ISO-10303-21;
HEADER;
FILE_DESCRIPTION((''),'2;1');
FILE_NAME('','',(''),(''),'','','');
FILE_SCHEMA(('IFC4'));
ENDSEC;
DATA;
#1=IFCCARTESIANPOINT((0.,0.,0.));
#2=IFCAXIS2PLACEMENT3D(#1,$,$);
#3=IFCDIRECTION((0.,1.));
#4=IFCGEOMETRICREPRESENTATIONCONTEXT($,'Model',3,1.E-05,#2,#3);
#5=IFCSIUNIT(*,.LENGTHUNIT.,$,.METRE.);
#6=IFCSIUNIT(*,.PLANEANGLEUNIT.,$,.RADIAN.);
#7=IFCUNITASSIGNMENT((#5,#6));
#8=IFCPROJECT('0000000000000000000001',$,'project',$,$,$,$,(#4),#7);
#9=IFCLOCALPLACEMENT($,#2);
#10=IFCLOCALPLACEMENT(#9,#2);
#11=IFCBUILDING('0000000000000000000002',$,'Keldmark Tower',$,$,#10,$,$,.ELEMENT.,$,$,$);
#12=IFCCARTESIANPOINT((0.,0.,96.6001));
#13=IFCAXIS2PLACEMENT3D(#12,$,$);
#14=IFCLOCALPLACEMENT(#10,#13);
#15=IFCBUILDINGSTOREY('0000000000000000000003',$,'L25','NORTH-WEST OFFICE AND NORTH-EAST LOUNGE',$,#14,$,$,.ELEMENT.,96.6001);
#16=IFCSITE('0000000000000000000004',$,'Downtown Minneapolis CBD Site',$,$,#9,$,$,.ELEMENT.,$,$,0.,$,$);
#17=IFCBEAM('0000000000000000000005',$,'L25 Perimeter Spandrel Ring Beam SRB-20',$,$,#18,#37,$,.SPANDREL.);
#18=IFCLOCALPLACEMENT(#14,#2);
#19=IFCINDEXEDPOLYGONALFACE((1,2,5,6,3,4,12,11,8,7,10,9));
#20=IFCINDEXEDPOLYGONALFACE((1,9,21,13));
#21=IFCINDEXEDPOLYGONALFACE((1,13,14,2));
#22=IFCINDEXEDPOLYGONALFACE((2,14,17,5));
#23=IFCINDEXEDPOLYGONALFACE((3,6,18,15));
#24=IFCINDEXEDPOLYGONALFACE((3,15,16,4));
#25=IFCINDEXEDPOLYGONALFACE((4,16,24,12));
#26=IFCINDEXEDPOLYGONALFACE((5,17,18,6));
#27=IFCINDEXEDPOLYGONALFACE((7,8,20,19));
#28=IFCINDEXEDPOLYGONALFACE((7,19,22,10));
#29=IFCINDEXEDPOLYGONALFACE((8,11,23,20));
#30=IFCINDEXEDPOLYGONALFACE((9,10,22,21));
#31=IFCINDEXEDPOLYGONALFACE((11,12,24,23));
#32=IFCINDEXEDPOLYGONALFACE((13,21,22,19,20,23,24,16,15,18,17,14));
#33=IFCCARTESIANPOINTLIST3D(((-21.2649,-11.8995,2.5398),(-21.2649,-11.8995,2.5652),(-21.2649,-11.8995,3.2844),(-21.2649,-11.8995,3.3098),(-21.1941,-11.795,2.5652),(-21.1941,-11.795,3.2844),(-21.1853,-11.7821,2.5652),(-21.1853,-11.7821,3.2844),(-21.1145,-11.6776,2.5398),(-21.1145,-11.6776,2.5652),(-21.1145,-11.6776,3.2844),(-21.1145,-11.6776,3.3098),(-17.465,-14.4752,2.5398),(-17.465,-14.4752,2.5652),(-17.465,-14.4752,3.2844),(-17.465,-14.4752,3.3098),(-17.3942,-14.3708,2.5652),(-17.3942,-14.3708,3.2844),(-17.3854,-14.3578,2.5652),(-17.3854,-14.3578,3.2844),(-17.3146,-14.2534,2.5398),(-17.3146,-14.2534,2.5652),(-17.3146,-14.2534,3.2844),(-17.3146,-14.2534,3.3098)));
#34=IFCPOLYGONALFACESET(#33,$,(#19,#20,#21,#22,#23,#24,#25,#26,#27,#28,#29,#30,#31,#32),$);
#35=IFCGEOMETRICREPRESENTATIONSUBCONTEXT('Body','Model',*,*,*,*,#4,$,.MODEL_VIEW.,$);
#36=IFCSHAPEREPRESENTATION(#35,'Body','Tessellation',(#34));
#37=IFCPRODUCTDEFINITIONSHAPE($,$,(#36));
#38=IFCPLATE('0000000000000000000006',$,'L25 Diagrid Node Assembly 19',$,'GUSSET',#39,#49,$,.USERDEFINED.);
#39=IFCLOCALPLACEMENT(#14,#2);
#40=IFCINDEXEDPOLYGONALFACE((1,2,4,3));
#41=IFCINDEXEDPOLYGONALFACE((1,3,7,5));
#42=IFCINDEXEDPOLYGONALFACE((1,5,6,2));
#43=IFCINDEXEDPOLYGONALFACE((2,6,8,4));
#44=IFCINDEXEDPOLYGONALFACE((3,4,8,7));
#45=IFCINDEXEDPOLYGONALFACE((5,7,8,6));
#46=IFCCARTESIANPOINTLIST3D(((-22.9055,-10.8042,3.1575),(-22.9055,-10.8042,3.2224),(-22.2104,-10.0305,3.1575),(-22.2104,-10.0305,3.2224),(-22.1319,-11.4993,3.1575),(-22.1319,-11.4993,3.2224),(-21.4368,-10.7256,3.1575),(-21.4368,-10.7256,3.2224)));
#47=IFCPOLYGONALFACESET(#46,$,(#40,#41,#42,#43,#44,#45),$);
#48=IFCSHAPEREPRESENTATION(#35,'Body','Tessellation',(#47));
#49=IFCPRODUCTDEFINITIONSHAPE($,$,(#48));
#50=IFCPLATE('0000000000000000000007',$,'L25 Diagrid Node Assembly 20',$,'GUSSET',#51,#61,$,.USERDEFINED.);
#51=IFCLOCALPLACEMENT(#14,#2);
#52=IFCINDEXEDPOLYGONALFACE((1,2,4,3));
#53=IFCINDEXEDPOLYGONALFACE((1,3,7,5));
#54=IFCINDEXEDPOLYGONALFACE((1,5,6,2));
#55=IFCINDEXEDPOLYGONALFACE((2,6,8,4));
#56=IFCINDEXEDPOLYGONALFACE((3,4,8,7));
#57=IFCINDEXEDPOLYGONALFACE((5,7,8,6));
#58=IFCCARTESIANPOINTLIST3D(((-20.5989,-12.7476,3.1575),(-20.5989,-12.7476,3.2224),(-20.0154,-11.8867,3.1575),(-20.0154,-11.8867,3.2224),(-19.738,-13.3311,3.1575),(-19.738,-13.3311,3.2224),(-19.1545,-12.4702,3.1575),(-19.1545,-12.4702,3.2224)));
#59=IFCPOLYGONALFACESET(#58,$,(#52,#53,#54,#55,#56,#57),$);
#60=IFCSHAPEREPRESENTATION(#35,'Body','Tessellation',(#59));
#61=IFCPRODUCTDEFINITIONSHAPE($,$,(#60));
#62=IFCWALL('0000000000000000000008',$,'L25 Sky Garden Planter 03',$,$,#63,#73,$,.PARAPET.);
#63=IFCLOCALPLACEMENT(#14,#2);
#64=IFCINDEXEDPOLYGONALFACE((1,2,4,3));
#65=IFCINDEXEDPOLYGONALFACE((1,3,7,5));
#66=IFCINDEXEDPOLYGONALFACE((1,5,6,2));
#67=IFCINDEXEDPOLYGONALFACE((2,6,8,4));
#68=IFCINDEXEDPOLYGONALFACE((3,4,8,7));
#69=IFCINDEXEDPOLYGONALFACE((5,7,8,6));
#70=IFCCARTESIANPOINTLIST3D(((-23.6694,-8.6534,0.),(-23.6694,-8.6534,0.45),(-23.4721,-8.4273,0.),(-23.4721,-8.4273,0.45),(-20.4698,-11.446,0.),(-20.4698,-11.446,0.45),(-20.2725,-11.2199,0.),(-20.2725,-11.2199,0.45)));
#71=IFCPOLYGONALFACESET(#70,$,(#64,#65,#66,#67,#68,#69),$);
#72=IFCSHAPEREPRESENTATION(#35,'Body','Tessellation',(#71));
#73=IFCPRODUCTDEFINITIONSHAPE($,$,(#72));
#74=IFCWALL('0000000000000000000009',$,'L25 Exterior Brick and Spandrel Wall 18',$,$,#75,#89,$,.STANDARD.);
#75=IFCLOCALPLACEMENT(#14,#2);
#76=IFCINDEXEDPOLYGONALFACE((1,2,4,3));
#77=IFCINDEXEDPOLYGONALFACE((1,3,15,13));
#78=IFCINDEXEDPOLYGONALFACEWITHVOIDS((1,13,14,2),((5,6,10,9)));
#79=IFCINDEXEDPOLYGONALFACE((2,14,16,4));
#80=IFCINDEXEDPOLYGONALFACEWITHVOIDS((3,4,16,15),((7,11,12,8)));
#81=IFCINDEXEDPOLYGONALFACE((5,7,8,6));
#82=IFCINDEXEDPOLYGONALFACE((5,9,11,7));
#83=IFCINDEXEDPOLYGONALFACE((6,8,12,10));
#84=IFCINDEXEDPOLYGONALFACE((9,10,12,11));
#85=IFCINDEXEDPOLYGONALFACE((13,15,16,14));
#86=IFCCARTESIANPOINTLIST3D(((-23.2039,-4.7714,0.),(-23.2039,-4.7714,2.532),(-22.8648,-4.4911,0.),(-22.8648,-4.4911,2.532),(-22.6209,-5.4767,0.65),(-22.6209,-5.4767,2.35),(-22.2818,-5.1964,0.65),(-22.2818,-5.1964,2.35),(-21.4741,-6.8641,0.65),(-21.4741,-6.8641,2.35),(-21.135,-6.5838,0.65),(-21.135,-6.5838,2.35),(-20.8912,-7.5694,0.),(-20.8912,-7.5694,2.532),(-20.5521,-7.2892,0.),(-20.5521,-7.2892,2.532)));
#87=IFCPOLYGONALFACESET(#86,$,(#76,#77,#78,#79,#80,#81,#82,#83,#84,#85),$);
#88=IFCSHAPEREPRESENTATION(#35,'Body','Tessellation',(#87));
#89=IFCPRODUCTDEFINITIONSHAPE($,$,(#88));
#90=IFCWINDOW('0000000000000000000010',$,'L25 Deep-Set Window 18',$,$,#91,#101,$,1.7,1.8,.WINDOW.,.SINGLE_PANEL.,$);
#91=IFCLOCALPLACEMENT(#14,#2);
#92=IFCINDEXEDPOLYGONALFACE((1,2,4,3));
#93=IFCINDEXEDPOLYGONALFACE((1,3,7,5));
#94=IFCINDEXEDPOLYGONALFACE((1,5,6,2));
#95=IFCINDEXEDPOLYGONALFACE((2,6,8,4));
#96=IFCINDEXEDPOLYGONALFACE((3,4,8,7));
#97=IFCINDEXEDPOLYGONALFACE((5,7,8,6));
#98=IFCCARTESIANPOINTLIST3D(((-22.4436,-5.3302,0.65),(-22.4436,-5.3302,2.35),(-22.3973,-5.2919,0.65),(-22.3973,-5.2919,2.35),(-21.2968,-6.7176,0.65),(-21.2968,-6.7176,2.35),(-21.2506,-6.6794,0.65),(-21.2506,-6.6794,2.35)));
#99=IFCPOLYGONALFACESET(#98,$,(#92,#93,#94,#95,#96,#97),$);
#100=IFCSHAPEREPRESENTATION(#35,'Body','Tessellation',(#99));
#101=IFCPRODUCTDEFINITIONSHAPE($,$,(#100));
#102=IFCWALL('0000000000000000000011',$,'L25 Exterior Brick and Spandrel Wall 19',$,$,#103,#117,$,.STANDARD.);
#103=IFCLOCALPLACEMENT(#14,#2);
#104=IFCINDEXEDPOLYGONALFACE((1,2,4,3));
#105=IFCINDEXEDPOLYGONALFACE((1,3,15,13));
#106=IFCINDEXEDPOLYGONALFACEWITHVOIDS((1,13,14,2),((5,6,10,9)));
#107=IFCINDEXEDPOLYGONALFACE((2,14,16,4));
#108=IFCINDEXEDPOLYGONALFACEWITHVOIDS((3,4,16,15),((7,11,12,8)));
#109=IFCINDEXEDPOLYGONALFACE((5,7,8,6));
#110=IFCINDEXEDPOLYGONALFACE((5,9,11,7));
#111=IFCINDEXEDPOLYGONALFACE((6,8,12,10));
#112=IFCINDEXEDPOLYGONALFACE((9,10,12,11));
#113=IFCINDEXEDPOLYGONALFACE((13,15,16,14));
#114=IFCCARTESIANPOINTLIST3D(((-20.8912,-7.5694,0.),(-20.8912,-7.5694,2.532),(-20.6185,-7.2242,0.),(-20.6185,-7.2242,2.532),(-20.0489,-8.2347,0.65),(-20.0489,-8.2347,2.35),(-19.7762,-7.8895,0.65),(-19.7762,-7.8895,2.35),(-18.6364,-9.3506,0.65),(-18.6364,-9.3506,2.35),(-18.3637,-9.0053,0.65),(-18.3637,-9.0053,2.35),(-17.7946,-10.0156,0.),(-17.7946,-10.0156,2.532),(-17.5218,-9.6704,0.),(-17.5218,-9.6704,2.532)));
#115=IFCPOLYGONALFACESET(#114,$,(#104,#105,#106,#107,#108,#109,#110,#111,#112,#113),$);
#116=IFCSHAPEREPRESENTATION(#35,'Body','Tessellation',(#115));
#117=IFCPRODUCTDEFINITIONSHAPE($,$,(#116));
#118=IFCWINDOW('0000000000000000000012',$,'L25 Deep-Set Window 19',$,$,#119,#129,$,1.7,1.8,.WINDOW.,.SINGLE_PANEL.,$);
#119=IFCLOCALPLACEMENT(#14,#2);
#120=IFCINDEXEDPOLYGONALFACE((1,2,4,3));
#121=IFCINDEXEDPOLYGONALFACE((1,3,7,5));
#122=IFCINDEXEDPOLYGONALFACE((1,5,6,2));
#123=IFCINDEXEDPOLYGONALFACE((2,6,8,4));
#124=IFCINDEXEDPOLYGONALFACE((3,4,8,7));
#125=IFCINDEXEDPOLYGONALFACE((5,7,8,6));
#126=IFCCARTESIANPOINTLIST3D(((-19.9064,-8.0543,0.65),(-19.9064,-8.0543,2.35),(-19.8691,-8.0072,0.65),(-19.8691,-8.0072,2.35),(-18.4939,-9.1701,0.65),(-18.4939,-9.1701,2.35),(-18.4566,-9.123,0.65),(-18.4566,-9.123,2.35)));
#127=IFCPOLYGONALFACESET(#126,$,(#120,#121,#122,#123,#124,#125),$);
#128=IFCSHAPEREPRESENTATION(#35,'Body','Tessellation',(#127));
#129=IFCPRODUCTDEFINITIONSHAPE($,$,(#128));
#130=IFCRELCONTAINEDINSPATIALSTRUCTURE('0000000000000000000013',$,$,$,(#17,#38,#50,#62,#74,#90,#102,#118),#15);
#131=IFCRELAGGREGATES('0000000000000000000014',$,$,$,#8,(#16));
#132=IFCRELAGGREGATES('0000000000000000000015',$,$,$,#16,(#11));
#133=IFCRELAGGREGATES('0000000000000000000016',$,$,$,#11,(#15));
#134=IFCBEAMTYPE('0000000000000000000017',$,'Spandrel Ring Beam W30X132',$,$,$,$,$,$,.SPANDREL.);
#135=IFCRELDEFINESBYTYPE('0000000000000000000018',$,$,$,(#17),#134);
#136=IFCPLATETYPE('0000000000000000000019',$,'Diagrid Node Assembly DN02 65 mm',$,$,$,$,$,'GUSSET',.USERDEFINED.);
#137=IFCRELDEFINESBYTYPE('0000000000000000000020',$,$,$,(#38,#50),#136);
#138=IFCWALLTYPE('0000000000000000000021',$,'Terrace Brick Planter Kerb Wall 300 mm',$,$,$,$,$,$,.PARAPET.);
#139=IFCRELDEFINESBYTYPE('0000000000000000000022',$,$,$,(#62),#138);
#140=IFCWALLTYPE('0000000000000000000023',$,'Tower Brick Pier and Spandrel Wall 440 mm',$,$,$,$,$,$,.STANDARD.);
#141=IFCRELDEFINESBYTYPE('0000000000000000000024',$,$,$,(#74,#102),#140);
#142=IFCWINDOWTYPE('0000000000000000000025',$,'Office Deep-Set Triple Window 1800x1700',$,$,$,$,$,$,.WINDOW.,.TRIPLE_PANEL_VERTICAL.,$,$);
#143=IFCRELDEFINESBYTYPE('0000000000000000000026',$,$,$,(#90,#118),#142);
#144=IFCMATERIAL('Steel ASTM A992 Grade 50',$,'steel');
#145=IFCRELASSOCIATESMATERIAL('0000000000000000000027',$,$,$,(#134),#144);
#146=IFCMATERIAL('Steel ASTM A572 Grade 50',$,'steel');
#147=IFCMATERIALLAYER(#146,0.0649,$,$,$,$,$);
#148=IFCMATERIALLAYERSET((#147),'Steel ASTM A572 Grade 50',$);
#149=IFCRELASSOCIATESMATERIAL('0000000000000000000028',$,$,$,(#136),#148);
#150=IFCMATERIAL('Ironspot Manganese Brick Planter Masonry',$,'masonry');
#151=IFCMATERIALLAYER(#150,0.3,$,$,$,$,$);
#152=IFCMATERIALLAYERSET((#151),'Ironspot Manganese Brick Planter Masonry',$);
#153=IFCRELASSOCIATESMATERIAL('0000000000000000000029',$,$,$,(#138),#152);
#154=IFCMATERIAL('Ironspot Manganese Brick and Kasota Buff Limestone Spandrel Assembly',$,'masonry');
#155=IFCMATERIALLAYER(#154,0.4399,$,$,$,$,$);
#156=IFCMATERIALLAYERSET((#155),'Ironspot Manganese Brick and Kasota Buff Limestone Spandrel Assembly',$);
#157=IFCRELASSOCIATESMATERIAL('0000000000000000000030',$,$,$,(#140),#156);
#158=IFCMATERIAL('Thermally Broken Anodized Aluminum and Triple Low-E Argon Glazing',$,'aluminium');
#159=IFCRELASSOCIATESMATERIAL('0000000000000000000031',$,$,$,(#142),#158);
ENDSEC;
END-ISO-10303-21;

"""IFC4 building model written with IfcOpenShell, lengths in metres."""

from ifc_helpers import new_model, si_unit, direction, frame, frame_2d, origin, origin_2d, place, context, subcontext, project, spatial, rectangle, i_section, extrude, material, layer, layer_set, material_profile, profile_set, type_object, element, fill, save


model = new_model("IFC4")

# Units and contexts
model_context = context("Model", 3, precision=1e-05, world=origin(), true_north=direction((0.0, 1.0)))
body_context = subcontext(model_context, "Body", "Model", "MODEL_VIEW")
ifc_project = project(units=[si_unit("LENGTHUNIT", "METRE"), si_unit("PLANEANGLEUNIT", "RADIAN")], contexts=[model_context])

# Site, building, storey
site_placement = place(None, origin())
site = spatial("IfcSite", under=ifc_project, at=site_placement, Name="Downtown Minneapolis CBD Site", CompositionType="ELEMENT", RefElevation=0.0)
building_placement = place(site_placement, origin())
building = spatial("IfcBuilding", under=site, at=building_placement, Name="Keldmark Tower", CompositionType="ELEMENT")
storey_placement = place(building_placement, frame((0.0, 0.0, 96.6001)))
storey = spatial("IfcBuildingStorey", under=building, at=storey_placement, Name="L25", Description="NORTH-WEST OFFICE AND NORTH-EAST LOUNGE", CompositionType="ELEMENT", Elevation=96.6001)

# Beam
ifc_material_1 = material(Name="Steel ASTM A992 Grade 50", Category="steel")
ifc_material_profile_1 = material_profile(ifc_material_1, i_section(OverallWidth=0.2681, OverallDepth=0.77, WebThickness=0.0156, FlangeThickness=0.0254, at=origin_2d()), Name="W30X132")
ifc_profile_set_1 = profile_set([ifc_material_profile_1], Name="Steel ASTM A992 Grade 50")
beam_type_1 = type_object("IfcBeamType", Name="Spandrel Ring Beam W30X132", PredefinedType="SPANDREL", material=ifc_profile_set_1)
beam_1_placement = place(storey_placement, frame((-21.1897, -11.7886, 2.9248), z_axis=(0.827755, -0.56109, 0.0), x_axis=(0.56109, 0.827755, 0.0)))
element("IfcBeam", 1, at=beam_1_placement, inside=storey, type_object=beam_type_1, Name="L25 Perimeter Spandrel Ring Beam SRB-20", PredefinedType="SPANDREL", context=body_context, shape_type="SweptSolid", body=[
    extrude(i_section(OverallWidth=0.2681, OverallDepth=0.77, WebThickness=0.0156, FlangeThickness=0.0254, at=origin_2d()), origin(), (0.0, 0.0, 1.0), 4.5906),
])

# Plates
ifc_material_2 = material(Name="Steel ASTM A572 Grade 50", Category="steel")
ifc_layer_1 = layer(ifc_material_2, 0.0649)
ifc_layer_set_1 = layer_set([ifc_layer_1], Name="Steel ASTM A572 Grade 50")
plate_type = type_object("IfcPlateType", Name="Diagrid Node Assembly DN02 65 mm", ElementType="GUSSET", PredefinedType="USERDEFINED", material=ifc_layer_set_1)
for number, where, z_axis, x_axis, name in (
    (2, (-22.1711, -10.7649, 3.1575), (0.0, 0.0, 1.0), (0.743845, -0.668352, 0.0), "L25 Diagrid Node Assembly 19"),
    (3, (-19.8767, -12.6089, 3.1575), (0.0, 0.0, 1.0), (0.827767, -0.561072, 0.0), "L25 Diagrid Node Assembly 20"),
):
    element("IfcPlate", number, at=place(storey_placement, frame(where, z_axis=z_axis, x_axis=x_axis)), inside=storey, type_object=plate_type, Name=name, ObjectType="GUSSET", PredefinedType="USERDEFINED", context=body_context, shape_type="SweptSolid", body=[
        extrude(rectangle(XDim=1.04, YDim=1.04, at=origin_2d()), origin(), (0.0, 0.0, 1.0), 0.0649),
    ])

# Wall
ifc_material_3 = material(Name="Ironspot Manganese Brick Planter Masonry", Category="masonry")
ifc_layer_2 = layer(ifc_material_3, 0.3)
ifc_layer_set_2 = layer_set([ifc_layer_2], Name="Ironspot Manganese Brick Planter Masonry")
wall_type_1 = type_object("IfcWallType", Name="Terrace Brick Planter Kerb Wall 300 mm", PredefinedType="PARAPET", material=ifc_layer_set_2)
wall_1_placement = place(storey_placement, frame((-23.5708, -8.5403, 0.0), z_axis=(0.0, 0.0, 1.0), x_axis=(0.753399, -0.657564, 0.0)))
element("IfcWall", 4, at=wall_1_placement, inside=storey, type_object=wall_type_1, Name="L25 Sky Garden Planter 03", PredefinedType="PARAPET", context=body_context, shape_type="SweptSolid", body=[
    extrude(rectangle(XDim=4.2468, YDim=0.3, at=frame_2d((2.1235, 0.0))), origin(), (0.0, 0.0, 1.0), 0.45),
])

# Walls, openings, windows
ifc_material_4 = material(Name="Ironspot Manganese Brick and Kasota Buff Limestone Spandrel Assembly", Category="masonry")
ifc_layer_3 = layer(ifc_material_4, 0.4399)
ifc_layer_set_3 = layer_set([ifc_layer_3], Name="Ironspot Manganese Brick and Kasota Buff Limestone Spandrel Assembly")
wall_type_2 = type_object("IfcWallType", Name="Tower Brick Pier and Spandrel Wall 440 mm", PredefinedType="STANDARD", material=ifc_layer_set_3)
wall_2_placement = place(storey_placement, frame((-20.7217, -7.4292, 0.0), z_axis=(0.0, 0.0, 1.0), x_axis=(-0.63709, 0.770789, 0.0)))
wall_2 = element("IfcWall", 5, at=wall_2_placement, inside=storey, type_object=wall_type_2, Name="L25 Exterior Brick and Spandrel Wall 18", PredefinedType="STANDARD", context=body_context, shape_type="SweptSolid", body=[
    extrude(rectangle(XDim=3.6301, YDim=0.4399, at=frame_2d((1.8149, 0.0))), origin(), (0.0, 0.0, 1.0), 2.532),
])
opening_1_placement = place(wall_2_placement, frame((0.915, 0.0, 0.6499)))
opening_1 = element("IfcOpeningElement", 6, at=opening_1_placement, cuts=wall_2, PredefinedType="OPENING", context=body_context, shape_type="SweptSolid", body=[
    extrude(rectangle(XDim=1.8, YDim=1.7, at=frame_2d((0.8999, 0.8501))), frame((0.0, 0.23, 0.0), z_axis=(0.0, -1.0, 0.0), x_axis=(1.0, 0.0, 0.0)), (0.0, 0.0, 1.0), 0.46),
])
ifc_material_5 = material(Name="Thermally Broken Anodized Aluminum and Triple Low-E Argon Glazing", Category="aluminium")
window_type = type_object("IfcWindowType", Name="Office Deep-Set Triple Window 1800x1700", PartitioningType="TRIPLE_PANEL_VERTICAL", PredefinedType="WINDOW", material=ifc_material_5)
window_1_placement = place(opening_1_placement, origin())
window_1 = element("IfcWindow", 7, at=window_1_placement, inside=storey, type_object=window_type, Name="L25 Deep-Set Window 18", OverallHeight=1.7, OverallWidth=1.8, PartitioningType="SINGLE_PANEL", PredefinedType="WINDOW", context=body_context, shape_type="SweptSolid", body=[
    extrude(rectangle(XDim=1.8, YDim=1.7, at=frame_2d((0.8999, 0.8501))), frame((0.0, -0.01, 0.0), z_axis=(0.0, -1.0, 0.0), x_axis=(1.0, 0.0, 0.0)), (0.0, 0.0, 1.0), 0.0601),
])
fill(opening_1, window_1)
wall_3_placement = place(storey_placement, frame((-17.6582, -9.843, 0.0), z_axis=(0.0, 0.0, 1.0), x_axis=(-0.784693, 0.619885, 0.0)))
wall_3 = element("IfcWall", 8, at=wall_3_placement, inside=storey, type_object=wall_type_2, Name="L25 Exterior Brick and Spandrel Wall 19", PredefinedType="STANDARD", context=body_context, shape_type="SweptSolid", body=[
    extrude(rectangle(XDim=3.9463, YDim=0.4399, at=frame_2d((1.9731, 0.0))), origin(), (0.0, 0.0, 1.0), 2.532),
])
opening_2_placement = place(wall_3_placement, frame((1.073, 0.0, 0.6499)))
opening_2 = element("IfcOpeningElement", 9, at=opening_2_placement, cuts=wall_3, PredefinedType="OPENING", context=body_context, shape_type="SweptSolid", body=[
    extrude(rectangle(XDim=1.8, YDim=1.7, at=frame_2d((0.8999, 0.8501))), frame((0.0, 0.23, 0.0), z_axis=(0.0, -1.0, 0.0), x_axis=(1.0, 0.0, 0.0)), (0.0, 0.0, 1.0), 0.46),
])
window_2_placement = place(opening_2_placement, origin())
window_2 = element("IfcWindow", 10, at=window_2_placement, inside=storey, type_object=window_type, Name="L25 Deep-Set Window 19", OverallHeight=1.7, OverallWidth=1.8, PartitioningType="SINGLE_PANEL", PredefinedType="WINDOW", context=body_context, shape_type="SweptSolid", body=[
    extrude(rectangle(XDim=1.8, YDim=1.7, at=frame_2d((0.8999, 0.8501))), frame((0.0, -0.01, 0.0), z_axis=(0.0, -1.0, 0.0), x_axis=(1.0, 0.0, 0.0)), (0.0, 0.0, 1.0), 0.0601),
])
fill(opening_2, window_2)

save(model, "model.ifc")
